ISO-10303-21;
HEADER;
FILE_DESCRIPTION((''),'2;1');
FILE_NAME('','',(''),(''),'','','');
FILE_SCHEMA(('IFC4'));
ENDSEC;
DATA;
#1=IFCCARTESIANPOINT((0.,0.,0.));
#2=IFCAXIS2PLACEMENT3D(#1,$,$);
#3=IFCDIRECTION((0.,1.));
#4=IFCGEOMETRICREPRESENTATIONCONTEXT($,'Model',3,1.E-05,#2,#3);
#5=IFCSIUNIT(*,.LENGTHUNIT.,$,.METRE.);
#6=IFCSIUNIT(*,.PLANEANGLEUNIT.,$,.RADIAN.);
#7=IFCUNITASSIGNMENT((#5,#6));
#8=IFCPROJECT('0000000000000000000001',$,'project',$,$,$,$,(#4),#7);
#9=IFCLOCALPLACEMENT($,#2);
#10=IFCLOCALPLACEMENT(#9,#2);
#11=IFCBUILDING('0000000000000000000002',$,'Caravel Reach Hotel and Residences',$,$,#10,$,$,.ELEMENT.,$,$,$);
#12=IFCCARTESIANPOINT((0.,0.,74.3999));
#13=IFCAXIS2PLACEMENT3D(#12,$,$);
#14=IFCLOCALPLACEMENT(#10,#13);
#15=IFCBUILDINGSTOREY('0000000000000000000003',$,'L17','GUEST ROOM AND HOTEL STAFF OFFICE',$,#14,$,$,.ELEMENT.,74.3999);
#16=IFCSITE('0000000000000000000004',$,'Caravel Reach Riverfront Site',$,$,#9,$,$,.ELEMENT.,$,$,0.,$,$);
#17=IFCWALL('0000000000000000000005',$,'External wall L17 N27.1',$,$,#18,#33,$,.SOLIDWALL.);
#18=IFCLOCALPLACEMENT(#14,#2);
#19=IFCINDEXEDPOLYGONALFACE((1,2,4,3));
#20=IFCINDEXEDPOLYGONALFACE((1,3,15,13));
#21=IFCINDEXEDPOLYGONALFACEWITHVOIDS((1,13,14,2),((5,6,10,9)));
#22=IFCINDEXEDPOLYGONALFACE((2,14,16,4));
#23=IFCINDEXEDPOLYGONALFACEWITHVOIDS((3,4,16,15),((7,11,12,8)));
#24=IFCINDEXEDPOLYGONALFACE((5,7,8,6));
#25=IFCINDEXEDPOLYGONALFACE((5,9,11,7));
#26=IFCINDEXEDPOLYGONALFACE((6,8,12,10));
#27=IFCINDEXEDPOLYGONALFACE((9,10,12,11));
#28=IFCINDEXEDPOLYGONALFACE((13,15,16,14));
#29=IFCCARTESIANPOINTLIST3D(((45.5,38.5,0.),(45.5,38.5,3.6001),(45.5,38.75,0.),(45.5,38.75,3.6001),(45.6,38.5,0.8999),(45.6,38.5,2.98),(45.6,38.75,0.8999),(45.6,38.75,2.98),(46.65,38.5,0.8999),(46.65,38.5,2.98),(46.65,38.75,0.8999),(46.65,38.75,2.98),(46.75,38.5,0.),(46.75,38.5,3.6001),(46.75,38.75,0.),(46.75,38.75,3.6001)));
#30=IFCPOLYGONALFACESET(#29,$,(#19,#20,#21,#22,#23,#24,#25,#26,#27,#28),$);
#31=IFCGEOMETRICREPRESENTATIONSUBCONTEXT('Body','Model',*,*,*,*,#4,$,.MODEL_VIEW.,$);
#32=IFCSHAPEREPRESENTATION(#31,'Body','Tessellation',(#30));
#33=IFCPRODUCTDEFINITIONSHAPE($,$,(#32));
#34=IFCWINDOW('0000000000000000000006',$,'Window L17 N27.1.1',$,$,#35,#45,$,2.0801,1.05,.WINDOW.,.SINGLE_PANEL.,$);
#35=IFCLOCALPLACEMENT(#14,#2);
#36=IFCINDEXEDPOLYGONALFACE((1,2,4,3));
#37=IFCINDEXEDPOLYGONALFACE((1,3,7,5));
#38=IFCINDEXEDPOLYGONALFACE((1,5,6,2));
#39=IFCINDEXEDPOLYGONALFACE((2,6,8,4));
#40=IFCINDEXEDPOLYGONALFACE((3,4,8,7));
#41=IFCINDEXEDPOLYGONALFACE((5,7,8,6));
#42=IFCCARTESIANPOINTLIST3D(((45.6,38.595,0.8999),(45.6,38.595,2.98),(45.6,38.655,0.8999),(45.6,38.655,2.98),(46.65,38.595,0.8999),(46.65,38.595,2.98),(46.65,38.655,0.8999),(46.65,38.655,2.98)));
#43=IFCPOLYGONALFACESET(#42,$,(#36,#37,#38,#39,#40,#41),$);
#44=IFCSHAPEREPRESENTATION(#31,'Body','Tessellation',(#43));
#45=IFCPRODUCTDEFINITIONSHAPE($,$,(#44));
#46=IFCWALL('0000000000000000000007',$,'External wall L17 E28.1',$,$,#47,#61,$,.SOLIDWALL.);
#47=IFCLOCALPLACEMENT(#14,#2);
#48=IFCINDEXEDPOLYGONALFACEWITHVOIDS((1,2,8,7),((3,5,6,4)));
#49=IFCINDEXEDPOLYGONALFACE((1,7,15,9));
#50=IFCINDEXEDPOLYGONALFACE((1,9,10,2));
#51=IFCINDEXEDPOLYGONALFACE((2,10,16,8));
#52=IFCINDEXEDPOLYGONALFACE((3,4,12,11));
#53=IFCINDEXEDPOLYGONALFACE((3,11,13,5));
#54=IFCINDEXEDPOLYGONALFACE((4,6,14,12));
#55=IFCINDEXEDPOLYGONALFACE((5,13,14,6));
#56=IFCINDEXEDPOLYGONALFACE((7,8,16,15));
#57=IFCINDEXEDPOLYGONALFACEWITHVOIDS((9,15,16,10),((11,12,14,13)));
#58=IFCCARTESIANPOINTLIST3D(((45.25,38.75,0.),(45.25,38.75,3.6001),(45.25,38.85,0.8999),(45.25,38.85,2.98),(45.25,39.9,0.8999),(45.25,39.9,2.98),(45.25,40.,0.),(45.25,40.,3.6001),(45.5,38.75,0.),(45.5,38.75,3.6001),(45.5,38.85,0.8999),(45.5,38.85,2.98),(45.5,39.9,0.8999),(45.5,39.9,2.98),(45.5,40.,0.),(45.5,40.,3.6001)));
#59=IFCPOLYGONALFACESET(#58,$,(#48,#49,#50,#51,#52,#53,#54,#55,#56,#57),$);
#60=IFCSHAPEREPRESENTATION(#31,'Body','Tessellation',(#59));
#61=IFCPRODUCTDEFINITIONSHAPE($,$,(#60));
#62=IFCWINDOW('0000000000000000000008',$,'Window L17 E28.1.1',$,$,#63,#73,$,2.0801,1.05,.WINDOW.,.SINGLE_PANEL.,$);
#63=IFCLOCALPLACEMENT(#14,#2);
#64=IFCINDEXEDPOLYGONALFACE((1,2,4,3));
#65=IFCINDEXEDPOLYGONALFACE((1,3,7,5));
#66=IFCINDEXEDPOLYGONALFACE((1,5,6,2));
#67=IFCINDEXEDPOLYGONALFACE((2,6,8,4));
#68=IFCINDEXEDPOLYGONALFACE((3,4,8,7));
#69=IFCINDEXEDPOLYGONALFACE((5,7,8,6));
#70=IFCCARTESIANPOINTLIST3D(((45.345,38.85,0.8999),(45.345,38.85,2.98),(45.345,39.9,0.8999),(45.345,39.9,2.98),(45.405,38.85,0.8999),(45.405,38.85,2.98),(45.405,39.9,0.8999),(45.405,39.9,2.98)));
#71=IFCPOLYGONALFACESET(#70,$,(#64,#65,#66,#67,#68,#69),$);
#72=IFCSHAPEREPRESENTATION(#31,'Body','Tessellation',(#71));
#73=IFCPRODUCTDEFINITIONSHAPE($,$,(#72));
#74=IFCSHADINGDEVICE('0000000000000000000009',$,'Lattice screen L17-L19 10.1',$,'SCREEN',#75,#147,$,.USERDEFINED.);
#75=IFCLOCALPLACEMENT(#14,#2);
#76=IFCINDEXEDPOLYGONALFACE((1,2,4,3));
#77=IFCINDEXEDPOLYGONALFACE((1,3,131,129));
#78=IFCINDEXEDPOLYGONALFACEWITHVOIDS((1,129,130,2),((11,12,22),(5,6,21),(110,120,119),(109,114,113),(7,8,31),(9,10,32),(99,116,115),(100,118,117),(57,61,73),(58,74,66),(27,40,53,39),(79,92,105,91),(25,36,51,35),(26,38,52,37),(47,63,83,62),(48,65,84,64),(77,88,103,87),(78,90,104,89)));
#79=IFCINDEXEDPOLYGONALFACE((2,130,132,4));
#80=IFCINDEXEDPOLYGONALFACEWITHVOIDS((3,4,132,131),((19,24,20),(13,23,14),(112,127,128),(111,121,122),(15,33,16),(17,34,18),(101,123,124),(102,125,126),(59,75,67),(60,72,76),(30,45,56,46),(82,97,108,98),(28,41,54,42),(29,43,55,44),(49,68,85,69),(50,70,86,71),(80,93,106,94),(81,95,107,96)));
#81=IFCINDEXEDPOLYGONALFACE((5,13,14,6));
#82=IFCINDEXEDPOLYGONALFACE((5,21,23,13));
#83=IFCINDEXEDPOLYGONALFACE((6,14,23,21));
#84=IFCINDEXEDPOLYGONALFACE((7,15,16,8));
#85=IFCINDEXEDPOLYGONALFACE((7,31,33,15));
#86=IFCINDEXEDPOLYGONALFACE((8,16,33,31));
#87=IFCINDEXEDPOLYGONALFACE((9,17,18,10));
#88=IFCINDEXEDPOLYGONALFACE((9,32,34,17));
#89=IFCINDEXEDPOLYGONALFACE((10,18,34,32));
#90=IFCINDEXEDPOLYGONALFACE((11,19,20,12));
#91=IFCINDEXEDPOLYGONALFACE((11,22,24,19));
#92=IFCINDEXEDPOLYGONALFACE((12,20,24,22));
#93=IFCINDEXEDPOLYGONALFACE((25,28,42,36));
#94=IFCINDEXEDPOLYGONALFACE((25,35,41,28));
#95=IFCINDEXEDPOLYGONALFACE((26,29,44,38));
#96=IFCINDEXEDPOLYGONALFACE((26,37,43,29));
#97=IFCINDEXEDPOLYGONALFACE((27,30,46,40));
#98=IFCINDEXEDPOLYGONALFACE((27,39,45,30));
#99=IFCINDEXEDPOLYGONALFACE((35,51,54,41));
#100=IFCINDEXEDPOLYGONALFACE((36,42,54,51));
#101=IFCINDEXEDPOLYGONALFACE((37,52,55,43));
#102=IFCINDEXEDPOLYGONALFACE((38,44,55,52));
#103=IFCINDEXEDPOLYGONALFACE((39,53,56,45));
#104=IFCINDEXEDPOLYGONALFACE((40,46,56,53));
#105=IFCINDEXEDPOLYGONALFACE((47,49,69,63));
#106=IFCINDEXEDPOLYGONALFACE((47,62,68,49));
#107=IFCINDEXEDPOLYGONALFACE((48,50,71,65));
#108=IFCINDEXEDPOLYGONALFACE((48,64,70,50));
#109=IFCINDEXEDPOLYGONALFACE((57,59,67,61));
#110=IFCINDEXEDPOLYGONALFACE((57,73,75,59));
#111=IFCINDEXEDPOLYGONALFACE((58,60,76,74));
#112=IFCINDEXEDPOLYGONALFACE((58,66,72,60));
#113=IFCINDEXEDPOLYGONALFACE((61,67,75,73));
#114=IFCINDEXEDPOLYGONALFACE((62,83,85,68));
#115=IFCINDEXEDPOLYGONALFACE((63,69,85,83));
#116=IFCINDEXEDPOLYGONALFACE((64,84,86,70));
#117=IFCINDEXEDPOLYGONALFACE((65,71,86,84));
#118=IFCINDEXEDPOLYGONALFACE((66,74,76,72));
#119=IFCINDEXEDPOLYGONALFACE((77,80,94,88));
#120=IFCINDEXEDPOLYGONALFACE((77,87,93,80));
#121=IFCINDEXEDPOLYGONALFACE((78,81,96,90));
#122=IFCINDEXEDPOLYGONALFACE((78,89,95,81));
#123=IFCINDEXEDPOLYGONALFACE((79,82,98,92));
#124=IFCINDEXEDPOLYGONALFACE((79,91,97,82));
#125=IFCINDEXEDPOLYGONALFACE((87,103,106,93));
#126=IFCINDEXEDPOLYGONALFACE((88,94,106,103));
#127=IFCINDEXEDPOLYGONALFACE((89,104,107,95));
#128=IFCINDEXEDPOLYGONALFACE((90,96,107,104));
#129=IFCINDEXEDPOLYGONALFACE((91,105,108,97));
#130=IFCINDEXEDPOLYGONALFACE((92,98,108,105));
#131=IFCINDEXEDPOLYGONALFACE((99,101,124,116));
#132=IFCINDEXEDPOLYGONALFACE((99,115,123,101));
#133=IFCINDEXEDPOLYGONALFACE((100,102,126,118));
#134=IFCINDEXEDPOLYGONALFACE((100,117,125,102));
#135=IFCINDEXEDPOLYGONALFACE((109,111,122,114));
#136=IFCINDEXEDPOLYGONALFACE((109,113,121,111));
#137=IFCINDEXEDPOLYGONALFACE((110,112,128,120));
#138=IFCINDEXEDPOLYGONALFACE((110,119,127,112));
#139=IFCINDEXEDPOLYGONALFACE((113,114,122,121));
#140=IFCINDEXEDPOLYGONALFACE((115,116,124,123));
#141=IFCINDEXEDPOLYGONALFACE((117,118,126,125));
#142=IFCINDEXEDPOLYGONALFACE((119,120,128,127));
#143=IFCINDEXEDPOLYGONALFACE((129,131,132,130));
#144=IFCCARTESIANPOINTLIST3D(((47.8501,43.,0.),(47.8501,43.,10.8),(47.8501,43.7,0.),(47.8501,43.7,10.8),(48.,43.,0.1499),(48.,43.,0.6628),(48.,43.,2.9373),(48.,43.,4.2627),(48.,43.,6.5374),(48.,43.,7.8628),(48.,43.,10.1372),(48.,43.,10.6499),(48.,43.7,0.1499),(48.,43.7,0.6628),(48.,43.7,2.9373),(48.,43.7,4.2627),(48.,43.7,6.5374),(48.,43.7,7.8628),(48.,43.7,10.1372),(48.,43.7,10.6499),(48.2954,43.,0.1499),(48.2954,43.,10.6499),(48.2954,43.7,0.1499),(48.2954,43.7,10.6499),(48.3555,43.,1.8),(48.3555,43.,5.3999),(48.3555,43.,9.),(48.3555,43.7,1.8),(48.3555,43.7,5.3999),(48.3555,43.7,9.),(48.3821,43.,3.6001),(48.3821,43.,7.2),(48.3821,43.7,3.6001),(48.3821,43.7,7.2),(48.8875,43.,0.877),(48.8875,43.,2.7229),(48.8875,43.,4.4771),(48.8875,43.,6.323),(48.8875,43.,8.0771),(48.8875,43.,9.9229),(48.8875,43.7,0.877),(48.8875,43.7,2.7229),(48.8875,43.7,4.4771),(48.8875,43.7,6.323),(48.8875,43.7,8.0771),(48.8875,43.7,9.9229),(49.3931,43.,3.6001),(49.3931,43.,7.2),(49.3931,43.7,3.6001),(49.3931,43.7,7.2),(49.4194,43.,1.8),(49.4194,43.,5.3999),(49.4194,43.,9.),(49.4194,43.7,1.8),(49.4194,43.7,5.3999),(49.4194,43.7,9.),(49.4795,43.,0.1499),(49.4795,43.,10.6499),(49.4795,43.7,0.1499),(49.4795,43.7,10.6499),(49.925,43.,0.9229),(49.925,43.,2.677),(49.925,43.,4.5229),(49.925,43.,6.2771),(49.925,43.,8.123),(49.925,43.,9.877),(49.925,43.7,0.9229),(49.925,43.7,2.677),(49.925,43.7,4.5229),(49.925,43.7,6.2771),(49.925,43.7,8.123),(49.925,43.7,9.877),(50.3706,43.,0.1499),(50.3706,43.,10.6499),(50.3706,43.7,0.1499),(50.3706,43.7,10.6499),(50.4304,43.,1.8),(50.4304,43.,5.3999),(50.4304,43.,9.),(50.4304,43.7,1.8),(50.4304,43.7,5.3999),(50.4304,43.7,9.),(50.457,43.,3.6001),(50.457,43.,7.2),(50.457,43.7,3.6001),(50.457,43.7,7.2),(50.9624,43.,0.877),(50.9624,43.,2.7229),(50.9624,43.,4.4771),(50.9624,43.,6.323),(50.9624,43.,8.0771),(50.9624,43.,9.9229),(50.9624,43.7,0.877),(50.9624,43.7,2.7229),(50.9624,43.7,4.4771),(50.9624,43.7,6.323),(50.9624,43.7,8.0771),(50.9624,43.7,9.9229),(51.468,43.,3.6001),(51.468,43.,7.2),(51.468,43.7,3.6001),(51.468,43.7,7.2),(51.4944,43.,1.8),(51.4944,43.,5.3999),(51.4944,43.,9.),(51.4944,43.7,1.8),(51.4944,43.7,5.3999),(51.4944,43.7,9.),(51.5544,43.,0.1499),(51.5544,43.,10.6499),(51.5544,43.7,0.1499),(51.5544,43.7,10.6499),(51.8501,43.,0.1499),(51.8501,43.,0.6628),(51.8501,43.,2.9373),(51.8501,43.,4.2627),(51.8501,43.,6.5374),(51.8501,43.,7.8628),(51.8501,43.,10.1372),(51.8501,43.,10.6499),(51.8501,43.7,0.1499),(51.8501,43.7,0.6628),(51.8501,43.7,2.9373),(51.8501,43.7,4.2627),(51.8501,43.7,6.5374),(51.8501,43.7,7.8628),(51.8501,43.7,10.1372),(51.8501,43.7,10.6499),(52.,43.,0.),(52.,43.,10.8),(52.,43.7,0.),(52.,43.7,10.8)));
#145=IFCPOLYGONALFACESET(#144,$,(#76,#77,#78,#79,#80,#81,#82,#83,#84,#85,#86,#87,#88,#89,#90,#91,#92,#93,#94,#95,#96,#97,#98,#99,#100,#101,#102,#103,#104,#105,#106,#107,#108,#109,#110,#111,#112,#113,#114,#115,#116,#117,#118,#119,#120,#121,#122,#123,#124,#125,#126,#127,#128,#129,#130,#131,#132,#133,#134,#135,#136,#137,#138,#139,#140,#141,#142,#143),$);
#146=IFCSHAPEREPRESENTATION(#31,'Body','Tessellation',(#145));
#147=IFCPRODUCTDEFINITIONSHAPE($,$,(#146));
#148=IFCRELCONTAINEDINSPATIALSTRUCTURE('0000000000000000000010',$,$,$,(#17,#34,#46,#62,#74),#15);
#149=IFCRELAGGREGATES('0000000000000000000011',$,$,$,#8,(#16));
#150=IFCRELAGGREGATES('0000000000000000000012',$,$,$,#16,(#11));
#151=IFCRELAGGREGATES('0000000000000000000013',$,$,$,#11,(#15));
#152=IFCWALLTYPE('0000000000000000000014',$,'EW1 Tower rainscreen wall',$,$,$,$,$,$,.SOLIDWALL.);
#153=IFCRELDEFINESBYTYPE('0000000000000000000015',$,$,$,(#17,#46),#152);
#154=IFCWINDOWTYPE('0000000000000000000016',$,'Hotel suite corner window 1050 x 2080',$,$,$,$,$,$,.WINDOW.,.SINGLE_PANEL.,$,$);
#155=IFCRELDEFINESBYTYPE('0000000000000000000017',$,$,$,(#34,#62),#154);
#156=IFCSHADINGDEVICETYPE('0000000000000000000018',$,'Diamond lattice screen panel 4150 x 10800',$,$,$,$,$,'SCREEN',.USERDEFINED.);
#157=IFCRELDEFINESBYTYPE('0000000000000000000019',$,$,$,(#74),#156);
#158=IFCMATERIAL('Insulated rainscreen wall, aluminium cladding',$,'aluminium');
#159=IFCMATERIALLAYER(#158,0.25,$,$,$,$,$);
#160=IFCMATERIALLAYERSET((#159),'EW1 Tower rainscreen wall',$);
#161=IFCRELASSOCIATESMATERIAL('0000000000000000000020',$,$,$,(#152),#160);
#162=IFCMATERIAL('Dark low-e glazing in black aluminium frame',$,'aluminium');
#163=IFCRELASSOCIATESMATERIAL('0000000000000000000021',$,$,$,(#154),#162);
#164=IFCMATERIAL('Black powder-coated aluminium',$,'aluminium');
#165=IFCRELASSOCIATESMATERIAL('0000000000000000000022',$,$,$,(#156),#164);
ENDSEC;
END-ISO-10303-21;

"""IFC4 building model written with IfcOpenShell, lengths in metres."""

from ifc_helpers import new_model, si_unit, direction, frame, frame_2d, origin, place, context, subcontext, project, spatial, polyline, rectangle, outline, extrude, material, layer, layer_set, type_object, element, fill, save


model = new_model("IFC4")

# Units and contexts
model_context = context("Model", 3, precision=1e-05, world=origin(), true_north=direction((0.0, 1.0)))
body_context = subcontext(model_context, "Body", "Model", "MODEL_VIEW")
ifc_project = project(units=[si_unit("LENGTHUNIT", "METRE"), si_unit("PLANEANGLEUNIT", "RADIAN")], contexts=[model_context])

# Site, building, storey
site_placement = place(None, origin())
site = spatial("IfcSite", under=ifc_project, at=site_placement, Name="Caravel Reach Riverfront Site", CompositionType="ELEMENT", RefElevation=0.0)
building_placement = place(site_placement, origin())
building = spatial("IfcBuilding", under=site, at=building_placement, Name="Caravel Reach Hotel and Residences", CompositionType="ELEMENT")
storey_placement = place(building_placement, frame((0.0, 0.0, 74.3999)))
storey = spatial("IfcBuildingStorey", under=building, at=storey_placement, Name="L17", Description="GUEST ROOM AND HOTEL STAFF OFFICE", CompositionType="ELEMENT", Elevation=74.3999)

# Walls, openings, windows
ifc_material_1 = material(Name="Insulated rainscreen wall, aluminium cladding", Category="aluminium")
ifc_layer = layer(ifc_material_1, 0.25)
ifc_layer_set = layer_set([ifc_layer], Name="EW1 Tower rainscreen wall")
wall_type = type_object("IfcWallType", Name="EW1 Tower rainscreen wall", PredefinedType="SOLIDWALL", material=ifc_layer_set)
ifc_material_2 = material(Name="Dark low-e glazing in black aluminium frame", Category="aluminium")
window_type = type_object("IfcWindowType", Name="Hotel suite corner window 1050 x 2080", PartitioningType="SINGLE_PANEL", PredefinedType="WINDOW", material=ifc_material_2)
wall_1_placement = place(storey_placement, frame((46.75, 38.625, 0.0), z_axis=(0.0, 0.0, 1.0), x_axis=(-1.0, 0.0, 0.0)))
wall_1 = element("IfcWall", 1, at=wall_1_placement, inside=storey, type_object=wall_type, Name="External wall L17 N27.1", PredefinedType="SOLIDWALL", context=body_context, shape_type="SweptSolid", body=[
    extrude(rectangle(XDim=1.25, YDim=0.25, at=frame_2d((0.625, 0.0))), origin(), (0.0, 0.0, 1.0), 3.6001),
])
opening_1_placement = place(wall_1_placement, frame((0.1001, 0.0, 0.8999)))
opening_1 = element("IfcOpeningElement", 2, at=opening_1_placement, cuts=wall_1, PredefinedType="OPENING", context=body_context, shape_type="SweptSolid", body=[
    extrude(rectangle(XDim=1.05, YDim=2.0801, at=frame_2d((0.5249, 1.04))), frame((0.0, 0.135, 0.0), z_axis=(0.0, -1.0, 0.0), x_axis=(1.0, 0.0, 0.0)), (0.0, 0.0, 1.0), 0.27),
])
window_1_placement = place(opening_1_placement, origin())
window_1 = element("IfcWindow", 3, at=window_1_placement, inside=storey, type_object=window_type, Name="Window L17 N27.1.1", OverallHeight=2.0801, OverallWidth=1.05, PartitioningType="SINGLE_PANEL", PredefinedType="WINDOW", context=body_context, shape_type="SweptSolid", body=[
    extrude(rectangle(XDim=1.05, YDim=2.0801, at=frame_2d((0.5249, 1.04))), frame((0.0, 0.03, 0.0), z_axis=(0.0, -1.0, 0.0), x_axis=(1.0, 0.0, 0.0)), (0.0, 0.0, 1.0), 0.0601),
])
fill(opening_1, window_1)
wall_2_placement = place(storey_placement, frame((45.375, 38.75, 0.0), z_axis=(0.0, 0.0, 1.0), x_axis=(0.0, 1.0, 0.0)))
wall_2 = element("IfcWall", 4, at=wall_2_placement, inside=storey, type_object=wall_type, Name="External wall L17 E28.1", PredefinedType="SOLIDWALL", context=body_context, shape_type="SweptSolid", body=[
    extrude(rectangle(XDim=1.25, YDim=0.25, at=frame_2d((0.625, 0.0))), origin(), (0.0, 0.0, 1.0), 3.6001),
])
opening_2_placement = place(wall_2_placement, frame((0.1001, 0.0, 0.8999)))
opening_2 = element("IfcOpeningElement", 5, at=opening_2_placement, cuts=wall_2, PredefinedType="OPENING", context=body_context, shape_type="SweptSolid", body=[
    extrude(rectangle(XDim=1.05, YDim=2.0801, at=frame_2d((0.5249, 1.04))), frame((0.0, 0.135, 0.0), z_axis=(0.0, -1.0, 0.0), x_axis=(1.0, 0.0, 0.0)), (0.0, 0.0, 1.0), 0.27),
])
window_2_placement = place(opening_2_placement, origin())
window_2 = element("IfcWindow", 6, at=window_2_placement, inside=storey, type_object=window_type, Name="Window L17 E28.1.1", OverallHeight=2.0801, OverallWidth=1.05, PartitioningType="SINGLE_PANEL", PredefinedType="WINDOW", context=body_context, shape_type="SweptSolid", body=[
    extrude(rectangle(XDim=1.05, YDim=2.0801, at=frame_2d((0.5249, 1.04))), frame((0.0, 0.03, 0.0), z_axis=(0.0, -1.0, 0.0), x_axis=(1.0, 0.0, 0.0)), (0.0, 0.0, 1.0), 0.0601),
])
fill(opening_2, window_2)

# Shading device
ifc_material_3 = material(Name="Black powder-coated aluminium", Category="aluminium")
shading_device_type_1 = type_object("IfcShadingDeviceType", Name="Diamond lattice screen panel 4150 x 10800", ElementType="SCREEN", PredefinedType="USERDEFINED", material=ifc_material_3)
shading_device_1_placement = place(storey_placement, frame((52.0, 43.0, 0.0), z_axis=(0.0, 1.0, 0.0), x_axis=(-1.0, 0.0, 0.0)))
element("IfcShadingDevice", 7, at=shading_device_1_placement, inside=storey, type_object=shading_device_type_1, Name="Lattice screen L17-L19 10.1", ObjectType="SCREEN", PredefinedType="USERDEFINED", context=body_context, shape_type="SweptSolid", body=[
    extrude(outline(polyline([(0.0, 0.0), (4.1499, 0.0), (4.1499, 10.8), (0.0, 10.8), (0.0, 0.0)]), holes=[polyline([(0.4456, 0.1499), (0.1499, 0.6628), (0.1499, 0.1499), (0.4456, 0.1499)]), polyline([(0.532, 3.6001), (0.1499, 4.2627), (0.1499, 2.9373), (0.532, 3.6001)]), polyline([(0.532, 7.2), (0.1499, 7.8628), (0.1499, 6.5374), (0.532, 7.2)]), polyline([(0.1499, 10.1372), (0.4456, 10.6499), (0.1499, 10.6499), (0.1499, 10.1372)]), polyline([(1.0376, 2.7229), (0.5056, 1.8), (1.0376, 0.877), (1.5696, 1.8), (1.0376, 2.7229)]), polyline([(1.0376, 6.323), (0.5056, 5.3999), (1.0376, 4.4771), (1.5696, 5.3999), (1.0376, 6.323)]), polyline([(1.0376, 9.9229), (0.5056, 9.0), (1.0376, 8.0771), (1.5696, 9.0), (1.0376, 9.9229)]), polyline([(2.075, 0.9229), (1.6294, 0.1499), (2.5205, 0.1499), (2.075, 0.9229)]), polyline([(2.075, 4.5229), (1.543, 3.6001), (2.075, 2.677), (2.6069, 3.6001), (2.075, 4.5229)]), polyline([(2.075, 8.123), (1.543, 7.2), (2.075, 6.2771), (2.6069, 7.2), (2.075, 8.123)]), polyline([(2.075, 9.877), (2.5205, 10.6499), (1.6294, 10.6499), (2.075, 9.877)]), polyline([(3.1125, 2.7229), (2.5806, 1.8), (3.1125, 0.877), (3.6445, 1.8), (3.1125, 2.7229)]), polyline([(3.1125, 6.323), (2.5806, 5.3999), (3.1125, 4.4771), (3.6445, 5.3999), (3.1125, 6.323)]), polyline([(3.1125, 9.9229), (2.5806, 9.0), (3.1125, 8.0771), (3.6445, 9.0), (3.1125, 9.9229)]), polyline([(4.0, 0.6628), (3.7046, 0.1499), (4.0, 0.1499), (4.0, 0.6628)]), polyline([(3.6179, 3.6001), (4.0, 2.9373), (4.0, 4.2627), (3.6179, 3.6001)]), polyline([(3.6179, 7.2), (4.0, 6.5374), (4.0, 7.8628), (3.6179, 7.2)]), polyline([(3.7046, 10.6499), (4.0, 10.1372), (4.0, 10.6499), (3.7046, 10.6499)])]), origin(), (0.0, 0.0, 1.0), 0.7),
])

save(model, "model.ifc")
